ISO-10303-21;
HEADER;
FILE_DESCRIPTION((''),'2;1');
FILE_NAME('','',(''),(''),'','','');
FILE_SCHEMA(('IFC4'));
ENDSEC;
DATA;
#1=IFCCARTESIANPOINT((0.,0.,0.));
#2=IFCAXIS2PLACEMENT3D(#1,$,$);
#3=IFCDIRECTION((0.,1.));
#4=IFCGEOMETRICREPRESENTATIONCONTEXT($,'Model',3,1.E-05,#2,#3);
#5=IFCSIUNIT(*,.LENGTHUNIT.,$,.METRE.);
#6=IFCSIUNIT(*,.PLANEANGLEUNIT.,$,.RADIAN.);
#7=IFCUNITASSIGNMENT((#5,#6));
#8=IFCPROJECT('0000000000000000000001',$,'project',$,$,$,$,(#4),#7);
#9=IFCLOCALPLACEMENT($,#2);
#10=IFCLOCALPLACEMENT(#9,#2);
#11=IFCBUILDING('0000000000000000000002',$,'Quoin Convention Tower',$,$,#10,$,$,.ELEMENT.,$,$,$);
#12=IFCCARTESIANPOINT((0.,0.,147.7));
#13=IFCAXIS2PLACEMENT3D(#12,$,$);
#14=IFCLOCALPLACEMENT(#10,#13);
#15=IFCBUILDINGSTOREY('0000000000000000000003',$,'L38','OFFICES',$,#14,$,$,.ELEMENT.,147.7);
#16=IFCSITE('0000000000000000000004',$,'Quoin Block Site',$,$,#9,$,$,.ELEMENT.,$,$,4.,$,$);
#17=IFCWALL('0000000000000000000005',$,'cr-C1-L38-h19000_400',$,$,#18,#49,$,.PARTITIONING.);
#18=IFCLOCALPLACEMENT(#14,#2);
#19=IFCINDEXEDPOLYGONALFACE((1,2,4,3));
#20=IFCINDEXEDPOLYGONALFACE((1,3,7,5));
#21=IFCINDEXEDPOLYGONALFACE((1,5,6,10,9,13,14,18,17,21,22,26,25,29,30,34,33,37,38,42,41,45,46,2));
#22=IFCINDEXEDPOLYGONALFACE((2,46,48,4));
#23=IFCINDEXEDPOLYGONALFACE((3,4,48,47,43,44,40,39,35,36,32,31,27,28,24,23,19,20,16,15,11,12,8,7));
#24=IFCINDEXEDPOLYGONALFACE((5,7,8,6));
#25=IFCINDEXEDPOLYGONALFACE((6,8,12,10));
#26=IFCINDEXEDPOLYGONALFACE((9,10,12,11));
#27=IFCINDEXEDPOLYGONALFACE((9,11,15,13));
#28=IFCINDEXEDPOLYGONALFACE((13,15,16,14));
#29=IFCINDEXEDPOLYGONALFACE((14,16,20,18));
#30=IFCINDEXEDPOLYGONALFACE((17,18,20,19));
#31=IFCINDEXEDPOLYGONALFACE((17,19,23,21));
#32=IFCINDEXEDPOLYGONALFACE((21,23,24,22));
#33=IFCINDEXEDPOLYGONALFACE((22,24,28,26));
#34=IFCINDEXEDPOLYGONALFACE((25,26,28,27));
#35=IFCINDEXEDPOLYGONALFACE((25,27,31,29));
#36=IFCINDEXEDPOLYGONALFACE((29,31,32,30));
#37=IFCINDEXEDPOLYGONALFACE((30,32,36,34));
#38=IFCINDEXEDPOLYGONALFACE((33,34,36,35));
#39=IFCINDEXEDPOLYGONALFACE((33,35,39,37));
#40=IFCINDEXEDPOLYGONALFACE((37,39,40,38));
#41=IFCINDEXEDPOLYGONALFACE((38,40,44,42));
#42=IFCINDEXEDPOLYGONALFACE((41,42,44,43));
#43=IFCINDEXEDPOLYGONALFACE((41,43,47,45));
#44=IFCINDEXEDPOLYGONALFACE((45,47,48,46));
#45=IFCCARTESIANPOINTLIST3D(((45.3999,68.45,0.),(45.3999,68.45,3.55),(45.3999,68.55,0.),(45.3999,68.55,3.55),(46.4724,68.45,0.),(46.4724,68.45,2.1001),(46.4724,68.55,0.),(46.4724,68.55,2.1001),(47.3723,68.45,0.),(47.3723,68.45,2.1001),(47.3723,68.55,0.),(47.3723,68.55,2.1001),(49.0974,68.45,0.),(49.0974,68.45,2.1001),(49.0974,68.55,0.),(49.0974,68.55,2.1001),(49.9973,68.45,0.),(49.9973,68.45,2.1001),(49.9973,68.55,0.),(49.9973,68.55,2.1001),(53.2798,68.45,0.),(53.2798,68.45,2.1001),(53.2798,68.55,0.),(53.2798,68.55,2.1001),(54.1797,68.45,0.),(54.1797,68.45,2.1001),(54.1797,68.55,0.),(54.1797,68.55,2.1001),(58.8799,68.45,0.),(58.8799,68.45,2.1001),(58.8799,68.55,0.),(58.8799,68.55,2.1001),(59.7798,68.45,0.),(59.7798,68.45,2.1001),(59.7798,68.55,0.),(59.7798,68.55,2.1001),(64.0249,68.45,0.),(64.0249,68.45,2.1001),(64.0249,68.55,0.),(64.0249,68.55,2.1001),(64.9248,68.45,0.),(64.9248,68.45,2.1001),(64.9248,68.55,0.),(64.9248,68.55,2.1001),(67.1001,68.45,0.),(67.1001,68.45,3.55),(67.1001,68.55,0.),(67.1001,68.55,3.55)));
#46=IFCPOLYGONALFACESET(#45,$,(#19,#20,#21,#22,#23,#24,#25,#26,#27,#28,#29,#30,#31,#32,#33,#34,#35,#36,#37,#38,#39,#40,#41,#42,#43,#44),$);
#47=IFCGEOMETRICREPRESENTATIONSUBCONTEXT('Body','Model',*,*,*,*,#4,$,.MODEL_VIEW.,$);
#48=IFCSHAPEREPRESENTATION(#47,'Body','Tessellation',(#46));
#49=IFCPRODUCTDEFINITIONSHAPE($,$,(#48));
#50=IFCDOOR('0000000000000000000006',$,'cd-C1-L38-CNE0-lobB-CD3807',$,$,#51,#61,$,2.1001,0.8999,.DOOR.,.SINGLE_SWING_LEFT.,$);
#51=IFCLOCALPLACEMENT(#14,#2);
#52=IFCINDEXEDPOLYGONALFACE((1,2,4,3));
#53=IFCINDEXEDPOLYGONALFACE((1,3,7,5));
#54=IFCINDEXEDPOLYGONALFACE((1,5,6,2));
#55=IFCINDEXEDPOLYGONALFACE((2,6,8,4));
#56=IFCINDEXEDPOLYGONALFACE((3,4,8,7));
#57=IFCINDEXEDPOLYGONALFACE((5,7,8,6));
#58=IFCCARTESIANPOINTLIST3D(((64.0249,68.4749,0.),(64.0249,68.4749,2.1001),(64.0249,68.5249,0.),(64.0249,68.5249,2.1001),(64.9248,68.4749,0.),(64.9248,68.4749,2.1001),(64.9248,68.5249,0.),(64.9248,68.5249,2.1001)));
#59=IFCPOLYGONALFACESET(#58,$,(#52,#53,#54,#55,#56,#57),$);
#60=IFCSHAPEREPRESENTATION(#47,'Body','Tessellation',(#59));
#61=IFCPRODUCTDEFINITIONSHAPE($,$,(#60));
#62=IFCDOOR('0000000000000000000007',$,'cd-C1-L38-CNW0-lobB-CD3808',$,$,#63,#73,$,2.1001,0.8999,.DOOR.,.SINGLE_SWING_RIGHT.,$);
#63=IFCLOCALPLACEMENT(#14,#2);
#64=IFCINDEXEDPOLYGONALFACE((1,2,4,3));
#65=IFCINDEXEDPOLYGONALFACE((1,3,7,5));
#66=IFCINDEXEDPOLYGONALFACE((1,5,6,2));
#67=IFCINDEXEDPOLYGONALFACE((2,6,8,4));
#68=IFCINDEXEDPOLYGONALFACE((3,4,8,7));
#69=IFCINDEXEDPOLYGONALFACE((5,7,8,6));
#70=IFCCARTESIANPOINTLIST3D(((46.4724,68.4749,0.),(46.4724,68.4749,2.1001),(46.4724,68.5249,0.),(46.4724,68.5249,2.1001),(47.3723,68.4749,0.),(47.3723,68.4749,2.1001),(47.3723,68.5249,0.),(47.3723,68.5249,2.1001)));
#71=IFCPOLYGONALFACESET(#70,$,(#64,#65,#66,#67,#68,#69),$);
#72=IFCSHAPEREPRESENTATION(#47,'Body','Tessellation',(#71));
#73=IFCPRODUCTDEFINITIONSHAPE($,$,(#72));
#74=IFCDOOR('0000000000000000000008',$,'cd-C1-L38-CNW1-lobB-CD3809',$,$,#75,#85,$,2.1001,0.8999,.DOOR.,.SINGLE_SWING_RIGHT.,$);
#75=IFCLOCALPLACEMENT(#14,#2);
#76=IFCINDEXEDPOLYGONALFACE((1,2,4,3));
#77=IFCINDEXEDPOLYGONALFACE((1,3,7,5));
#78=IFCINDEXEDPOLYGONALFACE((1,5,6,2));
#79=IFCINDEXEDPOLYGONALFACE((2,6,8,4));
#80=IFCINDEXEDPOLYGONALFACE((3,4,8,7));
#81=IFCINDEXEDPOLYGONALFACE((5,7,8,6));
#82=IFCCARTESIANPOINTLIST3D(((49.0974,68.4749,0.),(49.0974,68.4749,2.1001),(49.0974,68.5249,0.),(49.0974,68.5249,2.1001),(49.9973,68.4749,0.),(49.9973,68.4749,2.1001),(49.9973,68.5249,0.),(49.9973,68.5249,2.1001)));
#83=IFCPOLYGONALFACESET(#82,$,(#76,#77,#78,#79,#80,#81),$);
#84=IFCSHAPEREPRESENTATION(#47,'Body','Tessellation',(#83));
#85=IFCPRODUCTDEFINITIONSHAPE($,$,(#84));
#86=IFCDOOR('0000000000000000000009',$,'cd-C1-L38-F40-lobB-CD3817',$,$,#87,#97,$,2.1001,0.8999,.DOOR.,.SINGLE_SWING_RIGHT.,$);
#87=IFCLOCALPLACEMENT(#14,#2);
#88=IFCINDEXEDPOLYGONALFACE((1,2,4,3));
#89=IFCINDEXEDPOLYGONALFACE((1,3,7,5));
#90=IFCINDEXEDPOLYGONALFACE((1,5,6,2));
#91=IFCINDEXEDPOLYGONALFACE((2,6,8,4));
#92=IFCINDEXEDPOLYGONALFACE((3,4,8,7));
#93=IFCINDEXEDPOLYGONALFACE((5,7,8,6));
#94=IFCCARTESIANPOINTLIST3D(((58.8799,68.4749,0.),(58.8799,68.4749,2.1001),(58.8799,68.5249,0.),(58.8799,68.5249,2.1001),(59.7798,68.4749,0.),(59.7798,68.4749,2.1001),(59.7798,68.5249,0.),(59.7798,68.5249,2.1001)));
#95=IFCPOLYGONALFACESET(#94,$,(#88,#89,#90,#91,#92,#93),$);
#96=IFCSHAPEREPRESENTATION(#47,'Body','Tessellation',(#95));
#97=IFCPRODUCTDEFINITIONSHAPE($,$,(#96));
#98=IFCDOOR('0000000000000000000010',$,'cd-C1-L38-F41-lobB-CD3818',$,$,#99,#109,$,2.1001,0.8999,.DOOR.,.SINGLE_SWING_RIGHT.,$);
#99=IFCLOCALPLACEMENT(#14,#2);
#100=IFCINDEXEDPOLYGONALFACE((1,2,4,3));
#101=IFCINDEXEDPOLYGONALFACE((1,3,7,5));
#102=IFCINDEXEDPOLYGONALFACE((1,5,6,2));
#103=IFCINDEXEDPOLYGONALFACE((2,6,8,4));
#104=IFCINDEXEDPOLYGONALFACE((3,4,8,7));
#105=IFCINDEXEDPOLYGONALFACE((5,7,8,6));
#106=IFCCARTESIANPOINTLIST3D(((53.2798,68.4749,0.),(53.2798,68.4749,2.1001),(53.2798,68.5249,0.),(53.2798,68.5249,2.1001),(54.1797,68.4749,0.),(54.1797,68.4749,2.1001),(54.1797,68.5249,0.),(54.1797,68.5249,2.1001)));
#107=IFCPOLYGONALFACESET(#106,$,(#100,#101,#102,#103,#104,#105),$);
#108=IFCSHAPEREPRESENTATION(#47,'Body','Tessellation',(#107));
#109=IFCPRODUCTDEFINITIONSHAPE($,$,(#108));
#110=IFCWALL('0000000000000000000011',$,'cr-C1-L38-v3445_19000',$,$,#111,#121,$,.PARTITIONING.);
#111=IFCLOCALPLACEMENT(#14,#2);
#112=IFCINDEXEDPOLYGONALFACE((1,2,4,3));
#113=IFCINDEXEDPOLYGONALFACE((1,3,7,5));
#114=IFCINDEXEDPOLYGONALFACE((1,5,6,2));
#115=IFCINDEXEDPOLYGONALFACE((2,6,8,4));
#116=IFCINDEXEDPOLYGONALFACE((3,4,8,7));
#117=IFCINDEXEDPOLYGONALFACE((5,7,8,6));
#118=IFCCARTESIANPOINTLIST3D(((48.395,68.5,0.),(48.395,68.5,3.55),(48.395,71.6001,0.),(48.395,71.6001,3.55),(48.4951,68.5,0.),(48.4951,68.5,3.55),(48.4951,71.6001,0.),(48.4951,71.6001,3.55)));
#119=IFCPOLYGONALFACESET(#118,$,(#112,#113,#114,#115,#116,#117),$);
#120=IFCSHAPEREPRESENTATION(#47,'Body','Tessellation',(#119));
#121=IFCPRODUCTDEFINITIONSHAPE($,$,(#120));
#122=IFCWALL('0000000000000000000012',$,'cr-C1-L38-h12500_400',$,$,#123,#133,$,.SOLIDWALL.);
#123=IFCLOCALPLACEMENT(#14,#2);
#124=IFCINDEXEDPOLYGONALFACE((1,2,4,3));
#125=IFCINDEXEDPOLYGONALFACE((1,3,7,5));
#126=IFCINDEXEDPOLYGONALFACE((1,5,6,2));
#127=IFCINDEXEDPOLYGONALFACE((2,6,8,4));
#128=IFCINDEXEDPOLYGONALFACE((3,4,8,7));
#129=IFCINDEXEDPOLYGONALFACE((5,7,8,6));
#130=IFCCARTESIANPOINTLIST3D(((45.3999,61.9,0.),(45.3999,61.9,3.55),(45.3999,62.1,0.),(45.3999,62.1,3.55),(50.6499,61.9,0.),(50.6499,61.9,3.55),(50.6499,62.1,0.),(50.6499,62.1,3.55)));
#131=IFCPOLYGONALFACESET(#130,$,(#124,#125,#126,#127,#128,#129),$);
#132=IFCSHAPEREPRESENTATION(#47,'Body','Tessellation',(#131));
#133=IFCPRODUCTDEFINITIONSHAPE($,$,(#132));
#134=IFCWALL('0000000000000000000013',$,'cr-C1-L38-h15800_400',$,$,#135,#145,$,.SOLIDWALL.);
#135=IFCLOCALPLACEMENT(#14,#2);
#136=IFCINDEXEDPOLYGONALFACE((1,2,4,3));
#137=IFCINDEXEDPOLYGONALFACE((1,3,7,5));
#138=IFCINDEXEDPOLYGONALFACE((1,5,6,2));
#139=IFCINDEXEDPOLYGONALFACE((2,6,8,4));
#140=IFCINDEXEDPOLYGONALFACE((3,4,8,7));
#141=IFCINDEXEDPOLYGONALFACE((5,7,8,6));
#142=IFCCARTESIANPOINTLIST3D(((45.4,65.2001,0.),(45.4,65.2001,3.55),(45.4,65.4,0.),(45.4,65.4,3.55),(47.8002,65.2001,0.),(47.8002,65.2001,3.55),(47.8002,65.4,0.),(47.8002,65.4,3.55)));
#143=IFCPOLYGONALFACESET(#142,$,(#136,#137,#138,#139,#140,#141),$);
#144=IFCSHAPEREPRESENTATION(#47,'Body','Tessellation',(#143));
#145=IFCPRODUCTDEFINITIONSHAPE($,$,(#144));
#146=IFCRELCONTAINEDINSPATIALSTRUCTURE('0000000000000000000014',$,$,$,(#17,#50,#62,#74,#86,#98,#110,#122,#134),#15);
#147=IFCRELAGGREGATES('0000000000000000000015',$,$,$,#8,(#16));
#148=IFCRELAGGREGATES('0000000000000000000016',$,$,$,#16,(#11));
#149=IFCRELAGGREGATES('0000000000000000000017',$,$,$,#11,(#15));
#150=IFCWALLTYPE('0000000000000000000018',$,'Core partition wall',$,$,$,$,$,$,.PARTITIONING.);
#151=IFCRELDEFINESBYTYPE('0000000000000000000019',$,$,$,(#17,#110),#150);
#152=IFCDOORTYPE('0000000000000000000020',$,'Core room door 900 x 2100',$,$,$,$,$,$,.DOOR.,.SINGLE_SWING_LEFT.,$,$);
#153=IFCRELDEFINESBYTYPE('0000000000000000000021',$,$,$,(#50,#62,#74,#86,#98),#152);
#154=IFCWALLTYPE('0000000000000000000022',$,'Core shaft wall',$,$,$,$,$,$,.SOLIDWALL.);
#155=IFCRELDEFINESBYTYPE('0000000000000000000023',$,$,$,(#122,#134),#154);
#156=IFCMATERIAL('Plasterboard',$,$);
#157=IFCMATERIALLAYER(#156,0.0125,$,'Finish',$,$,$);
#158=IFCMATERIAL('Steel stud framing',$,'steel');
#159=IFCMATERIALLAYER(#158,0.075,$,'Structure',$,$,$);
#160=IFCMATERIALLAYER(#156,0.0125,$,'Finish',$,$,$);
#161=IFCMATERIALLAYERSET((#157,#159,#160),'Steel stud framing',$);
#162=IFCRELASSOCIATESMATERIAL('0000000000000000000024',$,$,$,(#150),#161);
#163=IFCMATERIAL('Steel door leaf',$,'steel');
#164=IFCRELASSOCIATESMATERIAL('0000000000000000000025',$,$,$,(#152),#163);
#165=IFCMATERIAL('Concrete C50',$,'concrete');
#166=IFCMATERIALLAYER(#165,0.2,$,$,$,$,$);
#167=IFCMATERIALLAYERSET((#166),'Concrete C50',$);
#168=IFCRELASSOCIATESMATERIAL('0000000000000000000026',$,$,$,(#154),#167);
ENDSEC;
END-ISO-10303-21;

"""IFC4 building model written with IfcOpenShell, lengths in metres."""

from ifc_helpers import new_model, si_unit, direction, frame, frame_2d, origin, place, context, subcontext, project, spatial, rectangle, extrude, material, layer, layer_set, type_object, element, fill, save


model = new_model("IFC4")

# Units and contexts
model_context = context("Model", 3, precision=1e-05, world=origin(), true_north=direction((0.0, 1.0)))
body_context = subcontext(model_context, "Body", "Model", "MODEL_VIEW")
ifc_project = project(units=[si_unit("LENGTHUNIT", "METRE"), si_unit("PLANEANGLEUNIT", "RADIAN")], contexts=[model_context])

# Site, building, storey
site_placement = place(None, origin())
site = spatial("IfcSite", under=ifc_project, at=site_placement, Name="Quoin Block Site", CompositionType="ELEMENT", RefElevation=4.0)
building_placement = place(site_placement, origin())
building = spatial("IfcBuilding", under=site, at=building_placement, Name="Quoin Convention Tower", CompositionType="ELEMENT")
storey_placement = place(building_placement, frame((0.0, 0.0, 147.7)))
storey = spatial("IfcBuildingStorey", under=building, at=storey_placement, Name="L38", Description="OFFICES", CompositionType="ELEMENT", Elevation=147.7)

# Wall, openings, doors
ifc_material_1 = material(Name="Plasterboard")
ifc_layer_1 = layer(ifc_material_1, 0.0125, Name="Finish")
ifc_material_2 = material(Name="Steel stud framing", Category="steel")
ifc_layer_2 = layer(ifc_material_2, 0.075, Name="Structure")
ifc_layer_3 = layer(ifc_material_1, 0.0125, Name="Finish")
ifc_layer_set_1 = layer_set([ifc_layer_1, ifc_layer_2, ifc_layer_3], Name="Steel stud framing")
wall_type_1 = type_object("IfcWallType", Name="Core partition wall", PredefinedType="PARTITIONING", material=ifc_layer_set_1)
wall_1_placement = place(storey_placement, frame((45.3999, 68.5, 0.0), z_axis=(0.0, 0.0, 1.0), x_axis=(1.0, 0.0, 0.0)))
wall_1 = element("IfcWall", 1, at=wall_1_placement, inside=storey, type_object=wall_type_1, Name="cr-C1-L38-h19000_400", PredefinedType="PARTITIONING", context=body_context, shape_type="SweptSolid", body=[
    extrude(rectangle(XDim=21.7002, YDim=0.1001, at=frame_2d((10.8501, 0.0))), origin(), (0.0, 0.0, 1.0), 3.55),
])
opening_1_placement = place(wall_1_placement, frame((18.625, 0.0, 0.0)))
opening_1 = element("IfcOpeningElement", 2, at=opening_1_placement, cuts=wall_1, PredefinedType="OPENING", context=body_context, shape_type="SweptSolid", body=[
    extrude(rectangle(XDim=0.8999, YDim=2.1001, at=frame_2d((0.45, 1.05))), frame((0.0, 0.0601, 0.0), z_axis=(0.0, -1.0, 0.0), x_axis=(1.0, 0.0, 0.0)), (0.0, 0.0, 1.0), 0.1201),
])
opening_2_placement = place(wall_1_placement, frame((1.0725, 0.0, 0.0)))
opening_2 = element("IfcOpeningElement", 3, at=opening_2_placement, cuts=wall_1, PredefinedType="OPENING", context=body_context, shape_type="SweptSolid", body=[
    extrude(rectangle(XDim=0.8999, YDim=2.1001, at=frame_2d((0.45, 1.05))), frame((0.0, 0.0601, 0.0), z_axis=(0.0, -1.0, 0.0), x_axis=(1.0, 0.0, 0.0)), (0.0, 0.0, 1.0), 0.1201),
])
opening_3_placement = place(wall_1_placement, frame((3.6975, 0.0, 0.0)))
opening_3 = element("IfcOpeningElement", 4, at=opening_3_placement, cuts=wall_1, PredefinedType="OPENING", context=body_context, shape_type="SweptSolid", body=[
    extrude(rectangle(XDim=0.8999, YDim=2.1001, at=frame_2d((0.45, 1.05))), frame((0.0, 0.0601, 0.0), z_axis=(0.0, -1.0, 0.0), x_axis=(1.0, 0.0, 0.0)), (0.0, 0.0, 1.0), 0.1201),
])
opening_4_placement = place(wall_1_placement, frame((13.48, 0.0, 0.0)))
opening_4 = element("IfcOpeningElement", 5, at=opening_4_placement, cuts=wall_1, PredefinedType="OPENING", context=body_context, shape_type="SweptSolid", body=[
    extrude(rectangle(XDim=0.8999, YDim=2.1001, at=frame_2d((0.45, 1.05))), frame((0.0, 0.0601, 0.0), z_axis=(0.0, -1.0, 0.0), x_axis=(1.0, 0.0, 0.0)), (0.0, 0.0, 1.0), 0.1201),
])
opening_5_placement = place(wall_1_placement, frame((7.8799, 0.0, 0.0)))
opening_5 = element("IfcOpeningElement", 6, at=opening_5_placement, cuts=wall_1, PredefinedType="OPENING", context=body_context, shape_type="SweptSolid", body=[
    extrude(rectangle(XDim=0.8999, YDim=2.1001, at=frame_2d((0.45, 1.05))), frame((0.0, 0.0601, 0.0), z_axis=(0.0, -1.0, 0.0), x_axis=(1.0, 0.0, 0.0)), (0.0, 0.0, 1.0), 0.1201),
])
ifc_material_3 = material(Name="Steel door leaf", Category="steel")
door_type_1 = type_object("IfcDoorType", Name="Core room door 900 x 2100", OperationType="SINGLE_SWING_LEFT", PredefinedType="DOOR", material=ifc_material_3)
door_1_placement = place(opening_1_placement, origin())
door_1 = element("IfcDoor", 7, at=door_1_placement, inside=storey, type_object=door_type_1, Name="cd-C1-L38-CNE0-lobB-CD3807", OperationType="SINGLE_SWING_LEFT", OverallHeight=2.1001, OverallWidth=0.8999, PredefinedType="DOOR", context=body_context, shape_type="SweptSolid", body=[
    extrude(rectangle(XDim=0.8999, YDim=2.1001, at=frame_2d((0.45, 1.05))), frame((0.0, 0.0249, 0.0), z_axis=(0.0, -1.0, 0.0), x_axis=(1.0, 0.0, 0.0)), (0.0, 0.0, 1.0), 0.05),
])
fill(opening_1, door_1)
door_2_placement = place(opening_2_placement, origin())
door_2 = element("IfcDoor", 8, at=door_2_placement, inside=storey, type_object=door_type_1, Name="cd-C1-L38-CNW0-lobB-CD3808", OperationType="SINGLE_SWING_RIGHT", OverallHeight=2.1001, OverallWidth=0.8999, PredefinedType="DOOR", context=body_context, shape_type="SweptSolid", body=[
    extrude(rectangle(XDim=0.8999, YDim=2.1001, at=frame_2d((0.45, 1.05))), frame((0.0, 0.0249, 0.0), z_axis=(0.0, -1.0, 0.0), x_axis=(1.0, 0.0, 0.0)), (0.0, 0.0, 1.0), 0.05),
])
fill(opening_2, door_2)
door_3_placement = place(opening_3_placement, origin())
door_3 = element("IfcDoor", 9, at=door_3_placement, inside=storey, type_object=door_type_1, Name="cd-C1-L38-CNW1-lobB-CD3809", OperationType="SINGLE_SWING_RIGHT", OverallHeight=2.1001, OverallWidth=0.8999, PredefinedType="DOOR", context=body_context, shape_type="SweptSolid", body=[
    extrude(rectangle(XDim=0.8999, YDim=2.1001, at=frame_2d((0.45, 1.05))), frame((0.0, 0.0249, 0.0), z_axis=(0.0, -1.0, 0.0), x_axis=(1.0, 0.0, 0.0)), (0.0, 0.0, 1.0), 0.05),
])
fill(opening_3, door_3)
door_4_placement = place(opening_4_placement, origin())
door_4 = element("IfcDoor", 10, at=door_4_placement, inside=storey, type_object=door_type_1, Name="cd-C1-L38-F40-lobB-CD3817", OperationType="SINGLE_SWING_RIGHT", OverallHeight=2.1001, OverallWidth=0.8999, PredefinedType="DOOR", context=body_context, shape_type="SweptSolid", body=[
    extrude(rectangle(XDim=0.8999, YDim=2.1001, at=frame_2d((0.45, 1.05))), frame((0.0, 0.0249, 0.0), z_axis=(0.0, -1.0, 0.0), x_axis=(1.0, 0.0, 0.0)), (0.0, 0.0, 1.0), 0.05),
])
fill(opening_4, door_4)
door_5_placement = place(opening_5_placement, origin())
door_5 = element("IfcDoor", 11, at=door_5_placement, inside=storey, type_object=door_type_1, Name="cd-C1-L38-F41-lobB-CD3818", OperationType="SINGLE_SWING_RIGHT", OverallHeight=2.1001, OverallWidth=0.8999, PredefinedType="DOOR", context=body_context, shape_type="SweptSolid", body=[
    extrude(rectangle(XDim=0.8999, YDim=2.1001, at=frame_2d((0.45, 1.05))), frame((0.0, 0.0249, 0.0), z_axis=(0.0, -1.0, 0.0), x_axis=(1.0, 0.0, 0.0)), (0.0, 0.0, 1.0), 0.05),
])
fill(opening_5, door_5)

# Walls
wall_2_placement = place(storey_placement, frame((48.4451, 68.5, 0.0), z_axis=(0.0, 0.0, 1.0), x_axis=(0.0, 1.0, 0.0)))
element("IfcWall", 12, at=wall_2_placement, inside=storey, type_object=wall_type_1, Name="cr-C1-L38-v3445_19000", PredefinedType="PARTITIONING", context=body_context, shape_type="SweptSolid", body=[
    extrude(rectangle(XDim=3.1001, YDim=0.1001, at=frame_2d((1.55, 0.0))), origin(), (0.0, 0.0, 1.0), 3.55),
])
ifc_material_4 = material(Name="Concrete C50", Category="concrete")
ifc_layer_4 = layer(ifc_material_4, 0.2)
ifc_layer_set_2 = layer_set([ifc_layer_4], Name="Concrete C50")
wall_type_2 = type_object("IfcWallType", Name="Core shaft wall", PredefinedType="SOLIDWALL", material=ifc_layer_set_2)
wall_3_placement = place(storey_placement, frame((45.3999, 62.0, 0.0), z_axis=(0.0, 0.0, 1.0), x_axis=(1.0, 0.0, 0.0)))
element("IfcWall", 13, at=wall_3_placement, inside=storey, type_object=wall_type_2, Name="cr-C1-L38-h12500_400", PredefinedType="SOLIDWALL", context=body_context, shape_type="SweptSolid", body=[
    extrude(rectangle(XDim=5.25, YDim=0.2, at=frame_2d((2.625, 0.0))), origin(), (0.0, 0.0, 1.0), 3.55),
])
wall_4_placement = place(storey_placement, frame((45.3999, 65.3, 0.0), z_axis=(0.0, 0.0, 1.0), x_axis=(1.0, 0.0, 0.0)))
element("IfcWall", 14, at=wall_4_placement, inside=storey, type_object=wall_type_2, Name="cr-C1-L38-h15800_400", PredefinedType="SOLIDWALL", context=body_context, shape_type="SweptSolid", body=[
    extrude(rectangle(XDim=2.4001, YDim=0.2, at=frame_2d((1.2002, 0.0))), origin(), (0.0, 0.0, 1.0), 3.55),
])

save(model, "model.ifc")
